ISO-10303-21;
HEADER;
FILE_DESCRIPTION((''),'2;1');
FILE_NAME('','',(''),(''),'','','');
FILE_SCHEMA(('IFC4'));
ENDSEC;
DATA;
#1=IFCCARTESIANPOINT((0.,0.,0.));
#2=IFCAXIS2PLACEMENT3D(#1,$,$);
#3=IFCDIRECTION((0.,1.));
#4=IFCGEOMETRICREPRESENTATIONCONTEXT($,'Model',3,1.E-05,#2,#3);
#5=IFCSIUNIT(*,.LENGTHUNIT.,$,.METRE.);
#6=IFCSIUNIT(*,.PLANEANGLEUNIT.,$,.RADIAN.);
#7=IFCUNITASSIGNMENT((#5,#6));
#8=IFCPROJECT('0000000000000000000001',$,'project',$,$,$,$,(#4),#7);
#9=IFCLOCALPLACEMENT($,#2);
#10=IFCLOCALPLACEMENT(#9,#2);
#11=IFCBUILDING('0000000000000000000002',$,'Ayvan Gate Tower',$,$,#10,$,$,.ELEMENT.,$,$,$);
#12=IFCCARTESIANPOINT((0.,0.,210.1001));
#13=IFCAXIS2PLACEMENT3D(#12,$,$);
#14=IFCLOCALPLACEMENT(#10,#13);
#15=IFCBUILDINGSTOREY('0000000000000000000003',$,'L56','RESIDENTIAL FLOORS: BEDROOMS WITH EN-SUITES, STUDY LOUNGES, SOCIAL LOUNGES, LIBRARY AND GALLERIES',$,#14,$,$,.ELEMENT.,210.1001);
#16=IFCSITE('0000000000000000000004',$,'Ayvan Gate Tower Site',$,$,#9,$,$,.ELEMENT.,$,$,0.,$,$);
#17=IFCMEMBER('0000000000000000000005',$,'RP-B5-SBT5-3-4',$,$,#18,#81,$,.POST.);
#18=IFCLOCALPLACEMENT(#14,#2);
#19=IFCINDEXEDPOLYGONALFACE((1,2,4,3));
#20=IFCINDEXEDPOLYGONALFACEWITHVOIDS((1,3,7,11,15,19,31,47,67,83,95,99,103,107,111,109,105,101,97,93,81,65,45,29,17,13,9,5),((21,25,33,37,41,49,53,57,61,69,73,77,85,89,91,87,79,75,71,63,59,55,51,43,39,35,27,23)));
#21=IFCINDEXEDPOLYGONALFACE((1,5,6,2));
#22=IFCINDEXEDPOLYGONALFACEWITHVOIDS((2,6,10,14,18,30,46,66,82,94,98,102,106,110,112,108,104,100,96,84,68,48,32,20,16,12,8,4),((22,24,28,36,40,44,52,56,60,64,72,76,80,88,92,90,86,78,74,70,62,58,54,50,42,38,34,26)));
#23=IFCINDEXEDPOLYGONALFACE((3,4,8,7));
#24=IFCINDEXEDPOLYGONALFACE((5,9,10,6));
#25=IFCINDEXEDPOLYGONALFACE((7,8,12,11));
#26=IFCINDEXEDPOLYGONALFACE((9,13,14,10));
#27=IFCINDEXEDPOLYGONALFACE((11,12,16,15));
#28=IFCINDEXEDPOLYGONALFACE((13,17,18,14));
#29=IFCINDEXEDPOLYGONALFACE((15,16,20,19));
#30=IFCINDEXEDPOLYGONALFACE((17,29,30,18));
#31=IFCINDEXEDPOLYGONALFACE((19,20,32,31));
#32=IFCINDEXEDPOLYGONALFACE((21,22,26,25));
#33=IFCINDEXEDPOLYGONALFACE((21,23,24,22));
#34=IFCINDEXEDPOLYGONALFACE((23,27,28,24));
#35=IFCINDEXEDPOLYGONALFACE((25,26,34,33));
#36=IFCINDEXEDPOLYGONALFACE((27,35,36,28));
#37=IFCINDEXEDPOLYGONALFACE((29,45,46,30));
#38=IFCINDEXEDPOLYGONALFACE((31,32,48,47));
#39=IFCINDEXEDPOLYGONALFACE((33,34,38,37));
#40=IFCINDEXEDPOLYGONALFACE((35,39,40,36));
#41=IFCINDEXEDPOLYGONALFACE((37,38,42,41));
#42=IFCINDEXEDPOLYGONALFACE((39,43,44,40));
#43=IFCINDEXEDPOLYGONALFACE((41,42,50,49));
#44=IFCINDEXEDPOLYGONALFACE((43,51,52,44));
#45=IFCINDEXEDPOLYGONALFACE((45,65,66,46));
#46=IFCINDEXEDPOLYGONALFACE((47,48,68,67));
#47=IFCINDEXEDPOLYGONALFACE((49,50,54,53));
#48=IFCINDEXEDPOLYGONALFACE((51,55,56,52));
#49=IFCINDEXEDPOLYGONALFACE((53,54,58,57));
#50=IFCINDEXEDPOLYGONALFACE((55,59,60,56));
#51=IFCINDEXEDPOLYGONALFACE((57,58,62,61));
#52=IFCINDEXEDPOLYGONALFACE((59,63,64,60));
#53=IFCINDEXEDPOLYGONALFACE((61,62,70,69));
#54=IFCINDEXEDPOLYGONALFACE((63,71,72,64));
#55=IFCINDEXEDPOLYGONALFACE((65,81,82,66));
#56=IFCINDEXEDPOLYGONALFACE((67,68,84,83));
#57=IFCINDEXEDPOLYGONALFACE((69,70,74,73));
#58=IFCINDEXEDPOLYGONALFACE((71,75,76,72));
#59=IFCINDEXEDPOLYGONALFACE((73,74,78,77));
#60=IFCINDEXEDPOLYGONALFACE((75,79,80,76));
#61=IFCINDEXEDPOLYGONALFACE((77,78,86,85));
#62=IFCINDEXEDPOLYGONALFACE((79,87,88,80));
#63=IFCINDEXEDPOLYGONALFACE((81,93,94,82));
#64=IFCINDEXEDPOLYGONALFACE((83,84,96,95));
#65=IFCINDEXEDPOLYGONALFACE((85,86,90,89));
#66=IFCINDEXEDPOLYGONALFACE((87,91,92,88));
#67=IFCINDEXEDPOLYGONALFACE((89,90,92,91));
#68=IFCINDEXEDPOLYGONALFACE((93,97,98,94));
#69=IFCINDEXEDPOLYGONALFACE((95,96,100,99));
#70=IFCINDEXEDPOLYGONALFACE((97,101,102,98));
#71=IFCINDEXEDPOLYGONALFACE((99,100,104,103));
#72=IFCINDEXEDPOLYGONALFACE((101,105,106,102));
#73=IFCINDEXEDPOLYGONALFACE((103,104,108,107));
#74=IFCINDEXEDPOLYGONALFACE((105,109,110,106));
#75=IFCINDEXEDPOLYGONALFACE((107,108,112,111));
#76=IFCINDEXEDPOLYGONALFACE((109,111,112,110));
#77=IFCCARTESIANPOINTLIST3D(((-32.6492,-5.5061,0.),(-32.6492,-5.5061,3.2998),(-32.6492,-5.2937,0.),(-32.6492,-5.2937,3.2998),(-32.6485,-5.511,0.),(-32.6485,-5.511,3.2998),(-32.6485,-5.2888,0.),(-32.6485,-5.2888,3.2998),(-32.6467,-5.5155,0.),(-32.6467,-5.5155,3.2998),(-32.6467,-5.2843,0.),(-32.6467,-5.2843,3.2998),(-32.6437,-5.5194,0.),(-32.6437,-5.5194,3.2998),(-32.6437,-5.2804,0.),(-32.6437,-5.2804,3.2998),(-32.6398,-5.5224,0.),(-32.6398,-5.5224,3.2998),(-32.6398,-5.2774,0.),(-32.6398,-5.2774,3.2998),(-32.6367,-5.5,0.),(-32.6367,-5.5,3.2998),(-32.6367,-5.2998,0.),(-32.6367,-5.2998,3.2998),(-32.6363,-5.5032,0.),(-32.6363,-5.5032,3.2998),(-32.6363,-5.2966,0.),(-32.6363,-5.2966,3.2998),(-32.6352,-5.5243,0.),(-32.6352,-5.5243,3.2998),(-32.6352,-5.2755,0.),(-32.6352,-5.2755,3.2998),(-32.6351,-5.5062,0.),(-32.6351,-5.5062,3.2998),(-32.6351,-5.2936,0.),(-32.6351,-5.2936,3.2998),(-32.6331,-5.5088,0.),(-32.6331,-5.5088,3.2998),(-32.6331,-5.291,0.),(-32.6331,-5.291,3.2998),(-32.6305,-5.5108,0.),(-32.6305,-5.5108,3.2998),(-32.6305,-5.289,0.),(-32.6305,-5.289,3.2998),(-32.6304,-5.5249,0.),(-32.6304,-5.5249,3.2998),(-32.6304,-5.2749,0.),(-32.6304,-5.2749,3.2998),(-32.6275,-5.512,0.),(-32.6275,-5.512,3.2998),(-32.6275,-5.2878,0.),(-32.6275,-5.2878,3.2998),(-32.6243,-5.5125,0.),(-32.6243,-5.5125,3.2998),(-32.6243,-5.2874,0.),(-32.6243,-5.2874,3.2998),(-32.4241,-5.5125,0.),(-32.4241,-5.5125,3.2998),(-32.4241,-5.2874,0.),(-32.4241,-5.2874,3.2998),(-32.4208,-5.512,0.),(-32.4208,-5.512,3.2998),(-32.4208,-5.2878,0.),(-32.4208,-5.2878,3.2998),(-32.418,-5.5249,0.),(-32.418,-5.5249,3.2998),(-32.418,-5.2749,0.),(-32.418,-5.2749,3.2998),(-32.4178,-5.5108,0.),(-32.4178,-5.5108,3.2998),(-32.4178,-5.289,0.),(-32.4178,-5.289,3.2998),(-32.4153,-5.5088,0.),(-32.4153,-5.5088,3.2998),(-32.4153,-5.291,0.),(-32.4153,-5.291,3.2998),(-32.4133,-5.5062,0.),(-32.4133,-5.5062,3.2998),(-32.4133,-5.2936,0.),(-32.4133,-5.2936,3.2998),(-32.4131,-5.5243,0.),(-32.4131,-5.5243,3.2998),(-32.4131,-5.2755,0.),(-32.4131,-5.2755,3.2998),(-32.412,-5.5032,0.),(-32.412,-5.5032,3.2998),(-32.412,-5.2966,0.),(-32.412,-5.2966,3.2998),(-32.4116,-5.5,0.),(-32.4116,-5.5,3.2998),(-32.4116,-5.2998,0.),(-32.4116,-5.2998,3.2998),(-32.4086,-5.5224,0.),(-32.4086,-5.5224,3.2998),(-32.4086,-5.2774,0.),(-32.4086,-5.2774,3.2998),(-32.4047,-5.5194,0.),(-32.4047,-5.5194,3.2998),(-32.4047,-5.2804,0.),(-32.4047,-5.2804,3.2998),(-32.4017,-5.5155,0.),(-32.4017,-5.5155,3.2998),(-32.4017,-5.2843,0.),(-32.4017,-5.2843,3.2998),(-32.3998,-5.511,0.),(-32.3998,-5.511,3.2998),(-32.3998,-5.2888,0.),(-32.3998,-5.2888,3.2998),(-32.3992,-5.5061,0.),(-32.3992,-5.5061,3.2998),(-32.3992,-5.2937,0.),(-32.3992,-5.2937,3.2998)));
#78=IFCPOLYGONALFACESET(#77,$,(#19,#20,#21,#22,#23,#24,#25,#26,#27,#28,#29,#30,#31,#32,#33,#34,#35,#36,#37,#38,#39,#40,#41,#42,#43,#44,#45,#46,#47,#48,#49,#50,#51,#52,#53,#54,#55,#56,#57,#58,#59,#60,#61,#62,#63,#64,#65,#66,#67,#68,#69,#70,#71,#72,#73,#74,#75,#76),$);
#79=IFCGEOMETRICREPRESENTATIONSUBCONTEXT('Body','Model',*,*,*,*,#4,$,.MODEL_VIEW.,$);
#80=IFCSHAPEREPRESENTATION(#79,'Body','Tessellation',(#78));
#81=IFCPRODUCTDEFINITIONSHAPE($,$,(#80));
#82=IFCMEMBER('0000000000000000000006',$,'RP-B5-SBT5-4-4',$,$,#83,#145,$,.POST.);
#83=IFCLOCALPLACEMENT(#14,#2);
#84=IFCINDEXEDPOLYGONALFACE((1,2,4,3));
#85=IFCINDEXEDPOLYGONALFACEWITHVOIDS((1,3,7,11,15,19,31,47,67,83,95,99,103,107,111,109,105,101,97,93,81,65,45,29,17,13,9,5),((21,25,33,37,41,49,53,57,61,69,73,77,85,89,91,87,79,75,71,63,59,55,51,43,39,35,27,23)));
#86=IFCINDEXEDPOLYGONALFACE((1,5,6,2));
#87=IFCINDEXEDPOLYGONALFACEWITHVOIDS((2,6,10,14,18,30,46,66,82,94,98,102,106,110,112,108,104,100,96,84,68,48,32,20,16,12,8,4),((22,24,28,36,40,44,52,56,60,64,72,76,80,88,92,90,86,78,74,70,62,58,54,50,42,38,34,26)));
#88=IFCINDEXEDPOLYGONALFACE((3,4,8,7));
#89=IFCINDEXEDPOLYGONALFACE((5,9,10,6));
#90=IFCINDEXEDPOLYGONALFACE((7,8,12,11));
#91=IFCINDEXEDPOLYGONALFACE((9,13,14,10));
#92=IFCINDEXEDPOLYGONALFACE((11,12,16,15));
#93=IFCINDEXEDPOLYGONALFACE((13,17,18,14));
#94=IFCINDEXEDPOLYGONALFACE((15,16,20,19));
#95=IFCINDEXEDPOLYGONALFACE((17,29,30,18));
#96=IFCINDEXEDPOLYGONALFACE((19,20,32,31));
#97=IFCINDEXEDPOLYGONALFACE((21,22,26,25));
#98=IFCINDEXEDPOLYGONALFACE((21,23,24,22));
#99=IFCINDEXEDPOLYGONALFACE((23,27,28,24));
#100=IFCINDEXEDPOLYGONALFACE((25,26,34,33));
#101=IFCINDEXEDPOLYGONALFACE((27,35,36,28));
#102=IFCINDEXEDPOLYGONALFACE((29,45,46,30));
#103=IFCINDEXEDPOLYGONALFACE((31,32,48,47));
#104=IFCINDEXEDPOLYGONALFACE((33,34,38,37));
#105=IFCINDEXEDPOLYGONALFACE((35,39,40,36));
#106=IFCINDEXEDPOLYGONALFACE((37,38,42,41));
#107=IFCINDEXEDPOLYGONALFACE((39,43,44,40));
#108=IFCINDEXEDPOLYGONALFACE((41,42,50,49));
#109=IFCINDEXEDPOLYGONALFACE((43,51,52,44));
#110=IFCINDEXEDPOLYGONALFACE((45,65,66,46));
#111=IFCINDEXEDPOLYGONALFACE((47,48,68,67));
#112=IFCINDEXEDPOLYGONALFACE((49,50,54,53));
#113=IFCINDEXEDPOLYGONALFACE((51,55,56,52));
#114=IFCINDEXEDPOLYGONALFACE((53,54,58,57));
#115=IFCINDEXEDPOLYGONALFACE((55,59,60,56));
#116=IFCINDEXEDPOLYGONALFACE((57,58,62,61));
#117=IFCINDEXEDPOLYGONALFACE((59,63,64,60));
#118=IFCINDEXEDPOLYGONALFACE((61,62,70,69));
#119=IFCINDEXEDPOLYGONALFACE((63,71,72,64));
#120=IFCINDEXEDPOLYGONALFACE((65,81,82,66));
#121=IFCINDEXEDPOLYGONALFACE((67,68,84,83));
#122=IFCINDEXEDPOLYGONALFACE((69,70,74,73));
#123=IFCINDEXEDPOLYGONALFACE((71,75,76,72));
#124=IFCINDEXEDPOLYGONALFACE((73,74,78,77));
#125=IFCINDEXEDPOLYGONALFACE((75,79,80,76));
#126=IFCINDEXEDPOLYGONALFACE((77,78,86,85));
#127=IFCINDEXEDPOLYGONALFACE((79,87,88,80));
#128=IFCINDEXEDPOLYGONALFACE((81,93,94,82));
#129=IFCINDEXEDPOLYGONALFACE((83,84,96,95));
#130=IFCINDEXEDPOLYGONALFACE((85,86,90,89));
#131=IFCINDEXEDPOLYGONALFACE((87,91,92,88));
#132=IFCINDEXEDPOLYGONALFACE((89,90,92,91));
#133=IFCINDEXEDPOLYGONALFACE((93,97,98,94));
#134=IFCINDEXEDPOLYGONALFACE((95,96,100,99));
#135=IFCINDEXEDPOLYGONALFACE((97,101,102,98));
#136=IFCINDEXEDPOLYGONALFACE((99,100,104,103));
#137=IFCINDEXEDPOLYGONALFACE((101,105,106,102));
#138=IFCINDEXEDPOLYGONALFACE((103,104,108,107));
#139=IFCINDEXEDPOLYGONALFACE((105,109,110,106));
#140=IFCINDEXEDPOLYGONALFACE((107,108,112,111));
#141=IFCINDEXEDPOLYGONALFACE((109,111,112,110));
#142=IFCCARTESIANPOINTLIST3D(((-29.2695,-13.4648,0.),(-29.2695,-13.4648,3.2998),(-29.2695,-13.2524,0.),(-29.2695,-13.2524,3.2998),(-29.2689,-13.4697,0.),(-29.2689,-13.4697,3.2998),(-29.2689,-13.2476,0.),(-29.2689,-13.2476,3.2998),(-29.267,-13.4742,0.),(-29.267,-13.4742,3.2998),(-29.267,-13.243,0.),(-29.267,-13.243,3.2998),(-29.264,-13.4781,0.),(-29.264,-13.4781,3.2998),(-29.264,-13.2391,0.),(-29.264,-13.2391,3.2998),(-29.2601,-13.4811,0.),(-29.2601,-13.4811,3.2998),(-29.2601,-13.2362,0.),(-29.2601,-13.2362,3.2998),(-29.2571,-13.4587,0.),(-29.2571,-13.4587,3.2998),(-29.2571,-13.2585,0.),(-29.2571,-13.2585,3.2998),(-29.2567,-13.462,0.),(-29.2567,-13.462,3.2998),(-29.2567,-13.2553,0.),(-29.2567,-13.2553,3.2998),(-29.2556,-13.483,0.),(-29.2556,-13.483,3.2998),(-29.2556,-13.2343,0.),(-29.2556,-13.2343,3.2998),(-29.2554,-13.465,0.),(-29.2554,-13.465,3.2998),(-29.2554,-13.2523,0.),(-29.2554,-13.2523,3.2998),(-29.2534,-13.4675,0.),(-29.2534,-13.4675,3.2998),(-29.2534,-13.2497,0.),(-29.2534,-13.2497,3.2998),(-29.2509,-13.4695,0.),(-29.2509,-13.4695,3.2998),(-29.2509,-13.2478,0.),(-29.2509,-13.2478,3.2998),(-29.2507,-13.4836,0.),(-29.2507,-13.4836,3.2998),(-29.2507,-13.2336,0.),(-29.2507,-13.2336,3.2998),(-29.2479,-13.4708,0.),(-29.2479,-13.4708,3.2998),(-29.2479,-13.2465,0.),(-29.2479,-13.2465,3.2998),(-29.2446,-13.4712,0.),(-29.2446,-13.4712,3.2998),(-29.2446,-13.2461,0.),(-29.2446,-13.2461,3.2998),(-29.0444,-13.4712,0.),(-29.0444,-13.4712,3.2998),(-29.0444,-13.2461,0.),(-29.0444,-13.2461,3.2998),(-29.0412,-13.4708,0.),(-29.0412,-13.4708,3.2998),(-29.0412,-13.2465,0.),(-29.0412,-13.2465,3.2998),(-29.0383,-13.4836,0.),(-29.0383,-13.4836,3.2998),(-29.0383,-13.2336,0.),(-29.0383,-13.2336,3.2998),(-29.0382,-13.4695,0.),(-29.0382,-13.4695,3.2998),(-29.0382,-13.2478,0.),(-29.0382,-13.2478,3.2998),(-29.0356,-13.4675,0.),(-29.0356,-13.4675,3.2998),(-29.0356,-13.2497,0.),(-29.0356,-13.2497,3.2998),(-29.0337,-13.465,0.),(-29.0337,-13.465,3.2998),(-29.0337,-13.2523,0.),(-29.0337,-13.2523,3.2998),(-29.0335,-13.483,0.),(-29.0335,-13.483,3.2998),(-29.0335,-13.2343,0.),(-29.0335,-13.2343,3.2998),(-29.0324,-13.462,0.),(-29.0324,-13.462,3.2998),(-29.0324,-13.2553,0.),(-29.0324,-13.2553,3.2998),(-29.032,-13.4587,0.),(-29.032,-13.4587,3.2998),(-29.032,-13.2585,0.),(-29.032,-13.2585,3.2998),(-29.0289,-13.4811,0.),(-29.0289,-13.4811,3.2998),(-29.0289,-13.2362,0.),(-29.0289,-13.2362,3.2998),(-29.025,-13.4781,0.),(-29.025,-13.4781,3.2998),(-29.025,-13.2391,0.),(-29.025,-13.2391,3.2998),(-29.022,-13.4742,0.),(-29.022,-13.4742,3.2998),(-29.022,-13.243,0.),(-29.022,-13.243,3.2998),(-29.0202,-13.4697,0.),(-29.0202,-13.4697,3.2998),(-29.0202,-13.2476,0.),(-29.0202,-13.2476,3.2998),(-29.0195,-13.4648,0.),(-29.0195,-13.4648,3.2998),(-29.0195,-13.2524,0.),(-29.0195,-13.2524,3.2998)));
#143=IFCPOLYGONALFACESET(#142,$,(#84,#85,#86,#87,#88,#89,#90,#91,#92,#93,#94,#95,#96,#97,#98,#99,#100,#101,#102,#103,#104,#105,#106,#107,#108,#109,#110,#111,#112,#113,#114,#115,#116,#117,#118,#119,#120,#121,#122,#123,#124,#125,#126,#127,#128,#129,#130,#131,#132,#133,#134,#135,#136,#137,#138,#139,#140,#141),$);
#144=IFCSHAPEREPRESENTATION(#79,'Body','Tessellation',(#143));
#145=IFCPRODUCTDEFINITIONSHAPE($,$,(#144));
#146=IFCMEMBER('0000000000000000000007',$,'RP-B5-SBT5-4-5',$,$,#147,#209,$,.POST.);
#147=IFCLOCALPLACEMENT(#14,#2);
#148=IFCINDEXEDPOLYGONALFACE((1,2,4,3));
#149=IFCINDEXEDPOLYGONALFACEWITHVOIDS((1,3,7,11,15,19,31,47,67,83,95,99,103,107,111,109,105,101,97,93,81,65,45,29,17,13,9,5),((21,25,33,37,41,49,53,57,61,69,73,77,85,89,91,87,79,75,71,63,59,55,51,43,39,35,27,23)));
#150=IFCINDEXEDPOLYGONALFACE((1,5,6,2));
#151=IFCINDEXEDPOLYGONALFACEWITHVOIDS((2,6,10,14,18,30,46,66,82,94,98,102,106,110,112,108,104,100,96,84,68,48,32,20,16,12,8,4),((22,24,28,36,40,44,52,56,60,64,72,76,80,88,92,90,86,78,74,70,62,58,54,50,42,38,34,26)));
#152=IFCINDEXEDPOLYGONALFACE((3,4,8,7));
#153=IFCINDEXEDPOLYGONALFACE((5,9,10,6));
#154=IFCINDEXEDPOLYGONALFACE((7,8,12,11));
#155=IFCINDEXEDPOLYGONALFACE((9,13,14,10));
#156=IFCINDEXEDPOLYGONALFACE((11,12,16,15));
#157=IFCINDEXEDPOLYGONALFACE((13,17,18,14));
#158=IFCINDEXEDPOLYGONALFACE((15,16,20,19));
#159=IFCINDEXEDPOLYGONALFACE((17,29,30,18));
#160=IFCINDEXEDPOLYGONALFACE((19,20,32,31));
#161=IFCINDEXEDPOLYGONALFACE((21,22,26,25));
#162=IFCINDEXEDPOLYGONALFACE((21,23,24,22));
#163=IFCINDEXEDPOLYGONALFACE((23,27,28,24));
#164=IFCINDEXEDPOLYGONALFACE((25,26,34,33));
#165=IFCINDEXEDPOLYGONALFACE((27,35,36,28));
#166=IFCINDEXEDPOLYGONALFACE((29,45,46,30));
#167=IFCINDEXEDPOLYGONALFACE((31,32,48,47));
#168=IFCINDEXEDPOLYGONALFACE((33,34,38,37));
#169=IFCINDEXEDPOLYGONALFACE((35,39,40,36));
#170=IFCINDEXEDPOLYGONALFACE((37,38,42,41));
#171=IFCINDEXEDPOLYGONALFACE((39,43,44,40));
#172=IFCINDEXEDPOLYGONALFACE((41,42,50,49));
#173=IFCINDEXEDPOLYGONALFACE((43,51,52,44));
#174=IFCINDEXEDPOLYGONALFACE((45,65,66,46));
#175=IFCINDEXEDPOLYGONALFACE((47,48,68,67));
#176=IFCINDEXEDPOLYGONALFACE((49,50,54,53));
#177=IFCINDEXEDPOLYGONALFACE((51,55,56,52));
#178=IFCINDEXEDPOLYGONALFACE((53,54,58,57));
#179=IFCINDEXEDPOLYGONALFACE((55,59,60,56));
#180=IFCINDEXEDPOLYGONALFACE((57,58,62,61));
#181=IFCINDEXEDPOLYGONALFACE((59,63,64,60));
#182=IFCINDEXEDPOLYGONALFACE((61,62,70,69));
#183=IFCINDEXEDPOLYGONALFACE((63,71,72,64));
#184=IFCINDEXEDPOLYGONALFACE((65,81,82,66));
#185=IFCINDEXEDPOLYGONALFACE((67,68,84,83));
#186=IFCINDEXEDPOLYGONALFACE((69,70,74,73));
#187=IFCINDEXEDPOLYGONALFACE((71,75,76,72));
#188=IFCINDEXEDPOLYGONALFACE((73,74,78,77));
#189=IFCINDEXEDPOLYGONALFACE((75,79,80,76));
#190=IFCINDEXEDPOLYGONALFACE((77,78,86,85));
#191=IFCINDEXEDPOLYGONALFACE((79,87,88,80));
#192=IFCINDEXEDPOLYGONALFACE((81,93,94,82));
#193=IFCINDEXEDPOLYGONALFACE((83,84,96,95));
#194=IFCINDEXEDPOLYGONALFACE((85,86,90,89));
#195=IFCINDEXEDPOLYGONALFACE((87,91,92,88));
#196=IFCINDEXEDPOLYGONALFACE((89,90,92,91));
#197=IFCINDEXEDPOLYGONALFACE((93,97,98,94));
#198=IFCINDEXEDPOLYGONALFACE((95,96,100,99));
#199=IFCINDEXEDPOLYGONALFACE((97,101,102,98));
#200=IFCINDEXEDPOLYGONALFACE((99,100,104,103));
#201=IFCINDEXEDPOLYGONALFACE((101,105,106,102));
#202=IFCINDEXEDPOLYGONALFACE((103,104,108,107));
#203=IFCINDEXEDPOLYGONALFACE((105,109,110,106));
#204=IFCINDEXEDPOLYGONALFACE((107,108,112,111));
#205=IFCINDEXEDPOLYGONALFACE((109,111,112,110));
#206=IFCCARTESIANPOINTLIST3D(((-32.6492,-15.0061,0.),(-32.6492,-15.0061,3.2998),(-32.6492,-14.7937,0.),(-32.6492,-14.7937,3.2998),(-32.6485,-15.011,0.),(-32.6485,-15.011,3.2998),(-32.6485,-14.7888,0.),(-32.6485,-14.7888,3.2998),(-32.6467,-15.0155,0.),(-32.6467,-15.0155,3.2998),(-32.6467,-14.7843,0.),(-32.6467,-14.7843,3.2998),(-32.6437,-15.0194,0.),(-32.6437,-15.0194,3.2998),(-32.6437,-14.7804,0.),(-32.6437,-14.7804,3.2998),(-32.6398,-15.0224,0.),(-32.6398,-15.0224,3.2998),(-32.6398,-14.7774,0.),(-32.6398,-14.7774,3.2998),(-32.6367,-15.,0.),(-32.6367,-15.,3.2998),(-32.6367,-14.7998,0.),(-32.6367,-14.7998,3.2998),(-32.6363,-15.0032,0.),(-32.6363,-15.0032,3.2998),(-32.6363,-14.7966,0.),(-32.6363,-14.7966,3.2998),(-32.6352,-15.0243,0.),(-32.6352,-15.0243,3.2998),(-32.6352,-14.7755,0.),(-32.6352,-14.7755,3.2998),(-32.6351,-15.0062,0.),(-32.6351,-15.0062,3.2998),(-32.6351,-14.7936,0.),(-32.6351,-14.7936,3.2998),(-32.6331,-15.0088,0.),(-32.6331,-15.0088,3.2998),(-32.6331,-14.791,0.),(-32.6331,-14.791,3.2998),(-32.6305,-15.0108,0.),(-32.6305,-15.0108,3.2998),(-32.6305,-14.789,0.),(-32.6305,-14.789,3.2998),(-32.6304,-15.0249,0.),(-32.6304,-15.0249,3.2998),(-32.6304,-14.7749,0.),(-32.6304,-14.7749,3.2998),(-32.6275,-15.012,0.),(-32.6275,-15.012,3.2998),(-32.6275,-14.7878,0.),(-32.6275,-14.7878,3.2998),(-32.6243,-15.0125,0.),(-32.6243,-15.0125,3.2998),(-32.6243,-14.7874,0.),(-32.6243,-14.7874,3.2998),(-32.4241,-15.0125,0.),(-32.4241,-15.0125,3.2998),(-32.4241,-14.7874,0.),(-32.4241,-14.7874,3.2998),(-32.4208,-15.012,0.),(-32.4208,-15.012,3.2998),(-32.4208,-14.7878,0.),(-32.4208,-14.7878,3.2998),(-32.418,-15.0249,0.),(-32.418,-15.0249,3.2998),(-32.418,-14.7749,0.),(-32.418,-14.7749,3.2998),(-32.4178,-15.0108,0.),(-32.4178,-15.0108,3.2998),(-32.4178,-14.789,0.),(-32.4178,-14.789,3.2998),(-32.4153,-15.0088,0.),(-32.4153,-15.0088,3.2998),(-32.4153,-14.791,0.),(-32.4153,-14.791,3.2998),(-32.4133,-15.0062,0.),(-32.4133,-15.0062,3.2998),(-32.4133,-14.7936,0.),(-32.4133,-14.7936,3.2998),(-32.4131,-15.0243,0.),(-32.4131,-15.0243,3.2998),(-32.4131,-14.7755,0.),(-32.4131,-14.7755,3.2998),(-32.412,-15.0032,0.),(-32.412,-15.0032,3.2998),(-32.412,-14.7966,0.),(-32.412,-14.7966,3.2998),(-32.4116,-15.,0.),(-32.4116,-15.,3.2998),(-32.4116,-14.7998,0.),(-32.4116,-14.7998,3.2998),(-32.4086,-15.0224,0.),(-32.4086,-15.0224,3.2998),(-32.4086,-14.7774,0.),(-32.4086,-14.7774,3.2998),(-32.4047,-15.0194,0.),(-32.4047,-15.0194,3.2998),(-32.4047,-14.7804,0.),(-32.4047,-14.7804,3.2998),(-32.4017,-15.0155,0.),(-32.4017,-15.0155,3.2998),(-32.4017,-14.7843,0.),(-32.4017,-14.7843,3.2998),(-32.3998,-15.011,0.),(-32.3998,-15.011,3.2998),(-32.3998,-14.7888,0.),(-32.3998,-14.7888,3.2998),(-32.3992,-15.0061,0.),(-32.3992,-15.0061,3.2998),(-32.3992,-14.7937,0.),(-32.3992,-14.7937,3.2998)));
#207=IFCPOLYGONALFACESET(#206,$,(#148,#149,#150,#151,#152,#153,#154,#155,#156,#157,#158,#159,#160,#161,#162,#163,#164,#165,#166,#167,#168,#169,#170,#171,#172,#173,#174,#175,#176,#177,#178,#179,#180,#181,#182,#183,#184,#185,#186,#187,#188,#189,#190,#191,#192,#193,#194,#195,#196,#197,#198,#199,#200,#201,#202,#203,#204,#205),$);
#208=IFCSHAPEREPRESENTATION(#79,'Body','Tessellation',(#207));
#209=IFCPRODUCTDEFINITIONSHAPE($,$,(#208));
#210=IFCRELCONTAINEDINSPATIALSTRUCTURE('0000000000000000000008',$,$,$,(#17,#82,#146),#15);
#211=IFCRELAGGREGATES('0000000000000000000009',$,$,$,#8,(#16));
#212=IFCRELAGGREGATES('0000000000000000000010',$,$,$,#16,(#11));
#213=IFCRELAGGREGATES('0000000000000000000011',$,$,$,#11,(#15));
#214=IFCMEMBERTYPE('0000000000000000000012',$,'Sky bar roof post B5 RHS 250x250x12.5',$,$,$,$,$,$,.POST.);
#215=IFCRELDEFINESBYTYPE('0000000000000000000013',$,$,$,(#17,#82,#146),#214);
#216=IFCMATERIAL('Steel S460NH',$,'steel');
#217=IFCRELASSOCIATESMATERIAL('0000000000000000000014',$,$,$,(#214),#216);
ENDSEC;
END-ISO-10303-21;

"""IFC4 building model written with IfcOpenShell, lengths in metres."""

from ifc_helpers import new_model, si_unit, direction, frame, origin, origin_2d, place, context, subcontext, project, spatial, hollow_rectangle, extrude, material, material_profile, profile_set, type_object, element, save


model = new_model("IFC4")

# Units and contexts
model_context = context("Model", 3, precision=1e-05, world=origin(), true_north=direction((0.0, 1.0)))
body_context = subcontext(model_context, "Body", "Model", "MODEL_VIEW")
ifc_project = project(units=[si_unit("LENGTHUNIT", "METRE"), si_unit("PLANEANGLEUNIT", "RADIAN")], contexts=[model_context])

# Site, building, storey
site_placement = place(None, origin())
site = spatial("IfcSite", under=ifc_project, at=site_placement, Name="Ayvan Gate Tower Site", CompositionType="ELEMENT", RefElevation=0.0)
building_placement = place(site_placement, origin())
building = spatial("IfcBuilding", under=site, at=building_placement, Name="Ayvan Gate Tower", CompositionType="ELEMENT")
storey_placement = place(building_placement, frame((0.0, 0.0, 210.1001)))
storey = spatial("IfcBuildingStorey", under=building, at=storey_placement, Name="L56", Description="RESIDENTIAL FLOORS: BEDROOMS WITH EN-SUITES, STUDY LOUNGES, SOCIAL LOUNGES, LIBRARY AND GALLERIES", CompositionType="ELEMENT", Elevation=210.1001)

# Members
ifc_material_1 = material(Name="Steel S460NH", Category="steel")
ifc_material_profile_1 = material_profile(ifc_material_1, hollow_rectangle(XDim=0.25, YDim=0.25, WallThickness=0.0125, InnerFilletRadius=0.0125, OuterFilletRadius=0.0188, at=origin_2d()), Name="RHS 250x250x12.5")
ifc_profile_set_1 = profile_set([ifc_material_profile_1], Name="Steel S460NH")
member_type_1 = type_object("IfcMemberType", Name="Sky bar roof post B5 RHS 250x250x12.5", PredefinedType="POST", material=ifc_profile_set_1)
for number, where, z_axis, x_axis, name in (
    (1, (-32.5242, -5.3999, 0.0), (0.0, 0.0, 1.0), (1.0, 0.0, 0.0), "RP-B5-SBT5-3-4"),
    (2, (-29.1445, -13.3586, 0.0), (0.0, 0.0, 1.0), (1.0, 0.0, 0.0), "RP-B5-SBT5-4-4"),
    (3, (-32.5242, -14.8999, 0.0), (0.0, 0.0, 1.0), (1.0, 0.0, 0.0), "RP-B5-SBT5-4-5"),
):
    element("IfcMember", number, at=place(storey_placement, frame(where, z_axis=z_axis, x_axis=x_axis)), inside=storey, type_object=member_type_1, Name=name, PredefinedType="POST", context=body_context, shape_type="SweptSolid", body=[
        extrude(hollow_rectangle(XDim=0.25, YDim=0.25, WallThickness=0.0125, InnerFilletRadius=0.0125, OuterFilletRadius=0.0188, at=origin_2d()), origin(), (0.0, 0.0, 1.0), 3.2998),
    ])

save(model, "model.ifc")
